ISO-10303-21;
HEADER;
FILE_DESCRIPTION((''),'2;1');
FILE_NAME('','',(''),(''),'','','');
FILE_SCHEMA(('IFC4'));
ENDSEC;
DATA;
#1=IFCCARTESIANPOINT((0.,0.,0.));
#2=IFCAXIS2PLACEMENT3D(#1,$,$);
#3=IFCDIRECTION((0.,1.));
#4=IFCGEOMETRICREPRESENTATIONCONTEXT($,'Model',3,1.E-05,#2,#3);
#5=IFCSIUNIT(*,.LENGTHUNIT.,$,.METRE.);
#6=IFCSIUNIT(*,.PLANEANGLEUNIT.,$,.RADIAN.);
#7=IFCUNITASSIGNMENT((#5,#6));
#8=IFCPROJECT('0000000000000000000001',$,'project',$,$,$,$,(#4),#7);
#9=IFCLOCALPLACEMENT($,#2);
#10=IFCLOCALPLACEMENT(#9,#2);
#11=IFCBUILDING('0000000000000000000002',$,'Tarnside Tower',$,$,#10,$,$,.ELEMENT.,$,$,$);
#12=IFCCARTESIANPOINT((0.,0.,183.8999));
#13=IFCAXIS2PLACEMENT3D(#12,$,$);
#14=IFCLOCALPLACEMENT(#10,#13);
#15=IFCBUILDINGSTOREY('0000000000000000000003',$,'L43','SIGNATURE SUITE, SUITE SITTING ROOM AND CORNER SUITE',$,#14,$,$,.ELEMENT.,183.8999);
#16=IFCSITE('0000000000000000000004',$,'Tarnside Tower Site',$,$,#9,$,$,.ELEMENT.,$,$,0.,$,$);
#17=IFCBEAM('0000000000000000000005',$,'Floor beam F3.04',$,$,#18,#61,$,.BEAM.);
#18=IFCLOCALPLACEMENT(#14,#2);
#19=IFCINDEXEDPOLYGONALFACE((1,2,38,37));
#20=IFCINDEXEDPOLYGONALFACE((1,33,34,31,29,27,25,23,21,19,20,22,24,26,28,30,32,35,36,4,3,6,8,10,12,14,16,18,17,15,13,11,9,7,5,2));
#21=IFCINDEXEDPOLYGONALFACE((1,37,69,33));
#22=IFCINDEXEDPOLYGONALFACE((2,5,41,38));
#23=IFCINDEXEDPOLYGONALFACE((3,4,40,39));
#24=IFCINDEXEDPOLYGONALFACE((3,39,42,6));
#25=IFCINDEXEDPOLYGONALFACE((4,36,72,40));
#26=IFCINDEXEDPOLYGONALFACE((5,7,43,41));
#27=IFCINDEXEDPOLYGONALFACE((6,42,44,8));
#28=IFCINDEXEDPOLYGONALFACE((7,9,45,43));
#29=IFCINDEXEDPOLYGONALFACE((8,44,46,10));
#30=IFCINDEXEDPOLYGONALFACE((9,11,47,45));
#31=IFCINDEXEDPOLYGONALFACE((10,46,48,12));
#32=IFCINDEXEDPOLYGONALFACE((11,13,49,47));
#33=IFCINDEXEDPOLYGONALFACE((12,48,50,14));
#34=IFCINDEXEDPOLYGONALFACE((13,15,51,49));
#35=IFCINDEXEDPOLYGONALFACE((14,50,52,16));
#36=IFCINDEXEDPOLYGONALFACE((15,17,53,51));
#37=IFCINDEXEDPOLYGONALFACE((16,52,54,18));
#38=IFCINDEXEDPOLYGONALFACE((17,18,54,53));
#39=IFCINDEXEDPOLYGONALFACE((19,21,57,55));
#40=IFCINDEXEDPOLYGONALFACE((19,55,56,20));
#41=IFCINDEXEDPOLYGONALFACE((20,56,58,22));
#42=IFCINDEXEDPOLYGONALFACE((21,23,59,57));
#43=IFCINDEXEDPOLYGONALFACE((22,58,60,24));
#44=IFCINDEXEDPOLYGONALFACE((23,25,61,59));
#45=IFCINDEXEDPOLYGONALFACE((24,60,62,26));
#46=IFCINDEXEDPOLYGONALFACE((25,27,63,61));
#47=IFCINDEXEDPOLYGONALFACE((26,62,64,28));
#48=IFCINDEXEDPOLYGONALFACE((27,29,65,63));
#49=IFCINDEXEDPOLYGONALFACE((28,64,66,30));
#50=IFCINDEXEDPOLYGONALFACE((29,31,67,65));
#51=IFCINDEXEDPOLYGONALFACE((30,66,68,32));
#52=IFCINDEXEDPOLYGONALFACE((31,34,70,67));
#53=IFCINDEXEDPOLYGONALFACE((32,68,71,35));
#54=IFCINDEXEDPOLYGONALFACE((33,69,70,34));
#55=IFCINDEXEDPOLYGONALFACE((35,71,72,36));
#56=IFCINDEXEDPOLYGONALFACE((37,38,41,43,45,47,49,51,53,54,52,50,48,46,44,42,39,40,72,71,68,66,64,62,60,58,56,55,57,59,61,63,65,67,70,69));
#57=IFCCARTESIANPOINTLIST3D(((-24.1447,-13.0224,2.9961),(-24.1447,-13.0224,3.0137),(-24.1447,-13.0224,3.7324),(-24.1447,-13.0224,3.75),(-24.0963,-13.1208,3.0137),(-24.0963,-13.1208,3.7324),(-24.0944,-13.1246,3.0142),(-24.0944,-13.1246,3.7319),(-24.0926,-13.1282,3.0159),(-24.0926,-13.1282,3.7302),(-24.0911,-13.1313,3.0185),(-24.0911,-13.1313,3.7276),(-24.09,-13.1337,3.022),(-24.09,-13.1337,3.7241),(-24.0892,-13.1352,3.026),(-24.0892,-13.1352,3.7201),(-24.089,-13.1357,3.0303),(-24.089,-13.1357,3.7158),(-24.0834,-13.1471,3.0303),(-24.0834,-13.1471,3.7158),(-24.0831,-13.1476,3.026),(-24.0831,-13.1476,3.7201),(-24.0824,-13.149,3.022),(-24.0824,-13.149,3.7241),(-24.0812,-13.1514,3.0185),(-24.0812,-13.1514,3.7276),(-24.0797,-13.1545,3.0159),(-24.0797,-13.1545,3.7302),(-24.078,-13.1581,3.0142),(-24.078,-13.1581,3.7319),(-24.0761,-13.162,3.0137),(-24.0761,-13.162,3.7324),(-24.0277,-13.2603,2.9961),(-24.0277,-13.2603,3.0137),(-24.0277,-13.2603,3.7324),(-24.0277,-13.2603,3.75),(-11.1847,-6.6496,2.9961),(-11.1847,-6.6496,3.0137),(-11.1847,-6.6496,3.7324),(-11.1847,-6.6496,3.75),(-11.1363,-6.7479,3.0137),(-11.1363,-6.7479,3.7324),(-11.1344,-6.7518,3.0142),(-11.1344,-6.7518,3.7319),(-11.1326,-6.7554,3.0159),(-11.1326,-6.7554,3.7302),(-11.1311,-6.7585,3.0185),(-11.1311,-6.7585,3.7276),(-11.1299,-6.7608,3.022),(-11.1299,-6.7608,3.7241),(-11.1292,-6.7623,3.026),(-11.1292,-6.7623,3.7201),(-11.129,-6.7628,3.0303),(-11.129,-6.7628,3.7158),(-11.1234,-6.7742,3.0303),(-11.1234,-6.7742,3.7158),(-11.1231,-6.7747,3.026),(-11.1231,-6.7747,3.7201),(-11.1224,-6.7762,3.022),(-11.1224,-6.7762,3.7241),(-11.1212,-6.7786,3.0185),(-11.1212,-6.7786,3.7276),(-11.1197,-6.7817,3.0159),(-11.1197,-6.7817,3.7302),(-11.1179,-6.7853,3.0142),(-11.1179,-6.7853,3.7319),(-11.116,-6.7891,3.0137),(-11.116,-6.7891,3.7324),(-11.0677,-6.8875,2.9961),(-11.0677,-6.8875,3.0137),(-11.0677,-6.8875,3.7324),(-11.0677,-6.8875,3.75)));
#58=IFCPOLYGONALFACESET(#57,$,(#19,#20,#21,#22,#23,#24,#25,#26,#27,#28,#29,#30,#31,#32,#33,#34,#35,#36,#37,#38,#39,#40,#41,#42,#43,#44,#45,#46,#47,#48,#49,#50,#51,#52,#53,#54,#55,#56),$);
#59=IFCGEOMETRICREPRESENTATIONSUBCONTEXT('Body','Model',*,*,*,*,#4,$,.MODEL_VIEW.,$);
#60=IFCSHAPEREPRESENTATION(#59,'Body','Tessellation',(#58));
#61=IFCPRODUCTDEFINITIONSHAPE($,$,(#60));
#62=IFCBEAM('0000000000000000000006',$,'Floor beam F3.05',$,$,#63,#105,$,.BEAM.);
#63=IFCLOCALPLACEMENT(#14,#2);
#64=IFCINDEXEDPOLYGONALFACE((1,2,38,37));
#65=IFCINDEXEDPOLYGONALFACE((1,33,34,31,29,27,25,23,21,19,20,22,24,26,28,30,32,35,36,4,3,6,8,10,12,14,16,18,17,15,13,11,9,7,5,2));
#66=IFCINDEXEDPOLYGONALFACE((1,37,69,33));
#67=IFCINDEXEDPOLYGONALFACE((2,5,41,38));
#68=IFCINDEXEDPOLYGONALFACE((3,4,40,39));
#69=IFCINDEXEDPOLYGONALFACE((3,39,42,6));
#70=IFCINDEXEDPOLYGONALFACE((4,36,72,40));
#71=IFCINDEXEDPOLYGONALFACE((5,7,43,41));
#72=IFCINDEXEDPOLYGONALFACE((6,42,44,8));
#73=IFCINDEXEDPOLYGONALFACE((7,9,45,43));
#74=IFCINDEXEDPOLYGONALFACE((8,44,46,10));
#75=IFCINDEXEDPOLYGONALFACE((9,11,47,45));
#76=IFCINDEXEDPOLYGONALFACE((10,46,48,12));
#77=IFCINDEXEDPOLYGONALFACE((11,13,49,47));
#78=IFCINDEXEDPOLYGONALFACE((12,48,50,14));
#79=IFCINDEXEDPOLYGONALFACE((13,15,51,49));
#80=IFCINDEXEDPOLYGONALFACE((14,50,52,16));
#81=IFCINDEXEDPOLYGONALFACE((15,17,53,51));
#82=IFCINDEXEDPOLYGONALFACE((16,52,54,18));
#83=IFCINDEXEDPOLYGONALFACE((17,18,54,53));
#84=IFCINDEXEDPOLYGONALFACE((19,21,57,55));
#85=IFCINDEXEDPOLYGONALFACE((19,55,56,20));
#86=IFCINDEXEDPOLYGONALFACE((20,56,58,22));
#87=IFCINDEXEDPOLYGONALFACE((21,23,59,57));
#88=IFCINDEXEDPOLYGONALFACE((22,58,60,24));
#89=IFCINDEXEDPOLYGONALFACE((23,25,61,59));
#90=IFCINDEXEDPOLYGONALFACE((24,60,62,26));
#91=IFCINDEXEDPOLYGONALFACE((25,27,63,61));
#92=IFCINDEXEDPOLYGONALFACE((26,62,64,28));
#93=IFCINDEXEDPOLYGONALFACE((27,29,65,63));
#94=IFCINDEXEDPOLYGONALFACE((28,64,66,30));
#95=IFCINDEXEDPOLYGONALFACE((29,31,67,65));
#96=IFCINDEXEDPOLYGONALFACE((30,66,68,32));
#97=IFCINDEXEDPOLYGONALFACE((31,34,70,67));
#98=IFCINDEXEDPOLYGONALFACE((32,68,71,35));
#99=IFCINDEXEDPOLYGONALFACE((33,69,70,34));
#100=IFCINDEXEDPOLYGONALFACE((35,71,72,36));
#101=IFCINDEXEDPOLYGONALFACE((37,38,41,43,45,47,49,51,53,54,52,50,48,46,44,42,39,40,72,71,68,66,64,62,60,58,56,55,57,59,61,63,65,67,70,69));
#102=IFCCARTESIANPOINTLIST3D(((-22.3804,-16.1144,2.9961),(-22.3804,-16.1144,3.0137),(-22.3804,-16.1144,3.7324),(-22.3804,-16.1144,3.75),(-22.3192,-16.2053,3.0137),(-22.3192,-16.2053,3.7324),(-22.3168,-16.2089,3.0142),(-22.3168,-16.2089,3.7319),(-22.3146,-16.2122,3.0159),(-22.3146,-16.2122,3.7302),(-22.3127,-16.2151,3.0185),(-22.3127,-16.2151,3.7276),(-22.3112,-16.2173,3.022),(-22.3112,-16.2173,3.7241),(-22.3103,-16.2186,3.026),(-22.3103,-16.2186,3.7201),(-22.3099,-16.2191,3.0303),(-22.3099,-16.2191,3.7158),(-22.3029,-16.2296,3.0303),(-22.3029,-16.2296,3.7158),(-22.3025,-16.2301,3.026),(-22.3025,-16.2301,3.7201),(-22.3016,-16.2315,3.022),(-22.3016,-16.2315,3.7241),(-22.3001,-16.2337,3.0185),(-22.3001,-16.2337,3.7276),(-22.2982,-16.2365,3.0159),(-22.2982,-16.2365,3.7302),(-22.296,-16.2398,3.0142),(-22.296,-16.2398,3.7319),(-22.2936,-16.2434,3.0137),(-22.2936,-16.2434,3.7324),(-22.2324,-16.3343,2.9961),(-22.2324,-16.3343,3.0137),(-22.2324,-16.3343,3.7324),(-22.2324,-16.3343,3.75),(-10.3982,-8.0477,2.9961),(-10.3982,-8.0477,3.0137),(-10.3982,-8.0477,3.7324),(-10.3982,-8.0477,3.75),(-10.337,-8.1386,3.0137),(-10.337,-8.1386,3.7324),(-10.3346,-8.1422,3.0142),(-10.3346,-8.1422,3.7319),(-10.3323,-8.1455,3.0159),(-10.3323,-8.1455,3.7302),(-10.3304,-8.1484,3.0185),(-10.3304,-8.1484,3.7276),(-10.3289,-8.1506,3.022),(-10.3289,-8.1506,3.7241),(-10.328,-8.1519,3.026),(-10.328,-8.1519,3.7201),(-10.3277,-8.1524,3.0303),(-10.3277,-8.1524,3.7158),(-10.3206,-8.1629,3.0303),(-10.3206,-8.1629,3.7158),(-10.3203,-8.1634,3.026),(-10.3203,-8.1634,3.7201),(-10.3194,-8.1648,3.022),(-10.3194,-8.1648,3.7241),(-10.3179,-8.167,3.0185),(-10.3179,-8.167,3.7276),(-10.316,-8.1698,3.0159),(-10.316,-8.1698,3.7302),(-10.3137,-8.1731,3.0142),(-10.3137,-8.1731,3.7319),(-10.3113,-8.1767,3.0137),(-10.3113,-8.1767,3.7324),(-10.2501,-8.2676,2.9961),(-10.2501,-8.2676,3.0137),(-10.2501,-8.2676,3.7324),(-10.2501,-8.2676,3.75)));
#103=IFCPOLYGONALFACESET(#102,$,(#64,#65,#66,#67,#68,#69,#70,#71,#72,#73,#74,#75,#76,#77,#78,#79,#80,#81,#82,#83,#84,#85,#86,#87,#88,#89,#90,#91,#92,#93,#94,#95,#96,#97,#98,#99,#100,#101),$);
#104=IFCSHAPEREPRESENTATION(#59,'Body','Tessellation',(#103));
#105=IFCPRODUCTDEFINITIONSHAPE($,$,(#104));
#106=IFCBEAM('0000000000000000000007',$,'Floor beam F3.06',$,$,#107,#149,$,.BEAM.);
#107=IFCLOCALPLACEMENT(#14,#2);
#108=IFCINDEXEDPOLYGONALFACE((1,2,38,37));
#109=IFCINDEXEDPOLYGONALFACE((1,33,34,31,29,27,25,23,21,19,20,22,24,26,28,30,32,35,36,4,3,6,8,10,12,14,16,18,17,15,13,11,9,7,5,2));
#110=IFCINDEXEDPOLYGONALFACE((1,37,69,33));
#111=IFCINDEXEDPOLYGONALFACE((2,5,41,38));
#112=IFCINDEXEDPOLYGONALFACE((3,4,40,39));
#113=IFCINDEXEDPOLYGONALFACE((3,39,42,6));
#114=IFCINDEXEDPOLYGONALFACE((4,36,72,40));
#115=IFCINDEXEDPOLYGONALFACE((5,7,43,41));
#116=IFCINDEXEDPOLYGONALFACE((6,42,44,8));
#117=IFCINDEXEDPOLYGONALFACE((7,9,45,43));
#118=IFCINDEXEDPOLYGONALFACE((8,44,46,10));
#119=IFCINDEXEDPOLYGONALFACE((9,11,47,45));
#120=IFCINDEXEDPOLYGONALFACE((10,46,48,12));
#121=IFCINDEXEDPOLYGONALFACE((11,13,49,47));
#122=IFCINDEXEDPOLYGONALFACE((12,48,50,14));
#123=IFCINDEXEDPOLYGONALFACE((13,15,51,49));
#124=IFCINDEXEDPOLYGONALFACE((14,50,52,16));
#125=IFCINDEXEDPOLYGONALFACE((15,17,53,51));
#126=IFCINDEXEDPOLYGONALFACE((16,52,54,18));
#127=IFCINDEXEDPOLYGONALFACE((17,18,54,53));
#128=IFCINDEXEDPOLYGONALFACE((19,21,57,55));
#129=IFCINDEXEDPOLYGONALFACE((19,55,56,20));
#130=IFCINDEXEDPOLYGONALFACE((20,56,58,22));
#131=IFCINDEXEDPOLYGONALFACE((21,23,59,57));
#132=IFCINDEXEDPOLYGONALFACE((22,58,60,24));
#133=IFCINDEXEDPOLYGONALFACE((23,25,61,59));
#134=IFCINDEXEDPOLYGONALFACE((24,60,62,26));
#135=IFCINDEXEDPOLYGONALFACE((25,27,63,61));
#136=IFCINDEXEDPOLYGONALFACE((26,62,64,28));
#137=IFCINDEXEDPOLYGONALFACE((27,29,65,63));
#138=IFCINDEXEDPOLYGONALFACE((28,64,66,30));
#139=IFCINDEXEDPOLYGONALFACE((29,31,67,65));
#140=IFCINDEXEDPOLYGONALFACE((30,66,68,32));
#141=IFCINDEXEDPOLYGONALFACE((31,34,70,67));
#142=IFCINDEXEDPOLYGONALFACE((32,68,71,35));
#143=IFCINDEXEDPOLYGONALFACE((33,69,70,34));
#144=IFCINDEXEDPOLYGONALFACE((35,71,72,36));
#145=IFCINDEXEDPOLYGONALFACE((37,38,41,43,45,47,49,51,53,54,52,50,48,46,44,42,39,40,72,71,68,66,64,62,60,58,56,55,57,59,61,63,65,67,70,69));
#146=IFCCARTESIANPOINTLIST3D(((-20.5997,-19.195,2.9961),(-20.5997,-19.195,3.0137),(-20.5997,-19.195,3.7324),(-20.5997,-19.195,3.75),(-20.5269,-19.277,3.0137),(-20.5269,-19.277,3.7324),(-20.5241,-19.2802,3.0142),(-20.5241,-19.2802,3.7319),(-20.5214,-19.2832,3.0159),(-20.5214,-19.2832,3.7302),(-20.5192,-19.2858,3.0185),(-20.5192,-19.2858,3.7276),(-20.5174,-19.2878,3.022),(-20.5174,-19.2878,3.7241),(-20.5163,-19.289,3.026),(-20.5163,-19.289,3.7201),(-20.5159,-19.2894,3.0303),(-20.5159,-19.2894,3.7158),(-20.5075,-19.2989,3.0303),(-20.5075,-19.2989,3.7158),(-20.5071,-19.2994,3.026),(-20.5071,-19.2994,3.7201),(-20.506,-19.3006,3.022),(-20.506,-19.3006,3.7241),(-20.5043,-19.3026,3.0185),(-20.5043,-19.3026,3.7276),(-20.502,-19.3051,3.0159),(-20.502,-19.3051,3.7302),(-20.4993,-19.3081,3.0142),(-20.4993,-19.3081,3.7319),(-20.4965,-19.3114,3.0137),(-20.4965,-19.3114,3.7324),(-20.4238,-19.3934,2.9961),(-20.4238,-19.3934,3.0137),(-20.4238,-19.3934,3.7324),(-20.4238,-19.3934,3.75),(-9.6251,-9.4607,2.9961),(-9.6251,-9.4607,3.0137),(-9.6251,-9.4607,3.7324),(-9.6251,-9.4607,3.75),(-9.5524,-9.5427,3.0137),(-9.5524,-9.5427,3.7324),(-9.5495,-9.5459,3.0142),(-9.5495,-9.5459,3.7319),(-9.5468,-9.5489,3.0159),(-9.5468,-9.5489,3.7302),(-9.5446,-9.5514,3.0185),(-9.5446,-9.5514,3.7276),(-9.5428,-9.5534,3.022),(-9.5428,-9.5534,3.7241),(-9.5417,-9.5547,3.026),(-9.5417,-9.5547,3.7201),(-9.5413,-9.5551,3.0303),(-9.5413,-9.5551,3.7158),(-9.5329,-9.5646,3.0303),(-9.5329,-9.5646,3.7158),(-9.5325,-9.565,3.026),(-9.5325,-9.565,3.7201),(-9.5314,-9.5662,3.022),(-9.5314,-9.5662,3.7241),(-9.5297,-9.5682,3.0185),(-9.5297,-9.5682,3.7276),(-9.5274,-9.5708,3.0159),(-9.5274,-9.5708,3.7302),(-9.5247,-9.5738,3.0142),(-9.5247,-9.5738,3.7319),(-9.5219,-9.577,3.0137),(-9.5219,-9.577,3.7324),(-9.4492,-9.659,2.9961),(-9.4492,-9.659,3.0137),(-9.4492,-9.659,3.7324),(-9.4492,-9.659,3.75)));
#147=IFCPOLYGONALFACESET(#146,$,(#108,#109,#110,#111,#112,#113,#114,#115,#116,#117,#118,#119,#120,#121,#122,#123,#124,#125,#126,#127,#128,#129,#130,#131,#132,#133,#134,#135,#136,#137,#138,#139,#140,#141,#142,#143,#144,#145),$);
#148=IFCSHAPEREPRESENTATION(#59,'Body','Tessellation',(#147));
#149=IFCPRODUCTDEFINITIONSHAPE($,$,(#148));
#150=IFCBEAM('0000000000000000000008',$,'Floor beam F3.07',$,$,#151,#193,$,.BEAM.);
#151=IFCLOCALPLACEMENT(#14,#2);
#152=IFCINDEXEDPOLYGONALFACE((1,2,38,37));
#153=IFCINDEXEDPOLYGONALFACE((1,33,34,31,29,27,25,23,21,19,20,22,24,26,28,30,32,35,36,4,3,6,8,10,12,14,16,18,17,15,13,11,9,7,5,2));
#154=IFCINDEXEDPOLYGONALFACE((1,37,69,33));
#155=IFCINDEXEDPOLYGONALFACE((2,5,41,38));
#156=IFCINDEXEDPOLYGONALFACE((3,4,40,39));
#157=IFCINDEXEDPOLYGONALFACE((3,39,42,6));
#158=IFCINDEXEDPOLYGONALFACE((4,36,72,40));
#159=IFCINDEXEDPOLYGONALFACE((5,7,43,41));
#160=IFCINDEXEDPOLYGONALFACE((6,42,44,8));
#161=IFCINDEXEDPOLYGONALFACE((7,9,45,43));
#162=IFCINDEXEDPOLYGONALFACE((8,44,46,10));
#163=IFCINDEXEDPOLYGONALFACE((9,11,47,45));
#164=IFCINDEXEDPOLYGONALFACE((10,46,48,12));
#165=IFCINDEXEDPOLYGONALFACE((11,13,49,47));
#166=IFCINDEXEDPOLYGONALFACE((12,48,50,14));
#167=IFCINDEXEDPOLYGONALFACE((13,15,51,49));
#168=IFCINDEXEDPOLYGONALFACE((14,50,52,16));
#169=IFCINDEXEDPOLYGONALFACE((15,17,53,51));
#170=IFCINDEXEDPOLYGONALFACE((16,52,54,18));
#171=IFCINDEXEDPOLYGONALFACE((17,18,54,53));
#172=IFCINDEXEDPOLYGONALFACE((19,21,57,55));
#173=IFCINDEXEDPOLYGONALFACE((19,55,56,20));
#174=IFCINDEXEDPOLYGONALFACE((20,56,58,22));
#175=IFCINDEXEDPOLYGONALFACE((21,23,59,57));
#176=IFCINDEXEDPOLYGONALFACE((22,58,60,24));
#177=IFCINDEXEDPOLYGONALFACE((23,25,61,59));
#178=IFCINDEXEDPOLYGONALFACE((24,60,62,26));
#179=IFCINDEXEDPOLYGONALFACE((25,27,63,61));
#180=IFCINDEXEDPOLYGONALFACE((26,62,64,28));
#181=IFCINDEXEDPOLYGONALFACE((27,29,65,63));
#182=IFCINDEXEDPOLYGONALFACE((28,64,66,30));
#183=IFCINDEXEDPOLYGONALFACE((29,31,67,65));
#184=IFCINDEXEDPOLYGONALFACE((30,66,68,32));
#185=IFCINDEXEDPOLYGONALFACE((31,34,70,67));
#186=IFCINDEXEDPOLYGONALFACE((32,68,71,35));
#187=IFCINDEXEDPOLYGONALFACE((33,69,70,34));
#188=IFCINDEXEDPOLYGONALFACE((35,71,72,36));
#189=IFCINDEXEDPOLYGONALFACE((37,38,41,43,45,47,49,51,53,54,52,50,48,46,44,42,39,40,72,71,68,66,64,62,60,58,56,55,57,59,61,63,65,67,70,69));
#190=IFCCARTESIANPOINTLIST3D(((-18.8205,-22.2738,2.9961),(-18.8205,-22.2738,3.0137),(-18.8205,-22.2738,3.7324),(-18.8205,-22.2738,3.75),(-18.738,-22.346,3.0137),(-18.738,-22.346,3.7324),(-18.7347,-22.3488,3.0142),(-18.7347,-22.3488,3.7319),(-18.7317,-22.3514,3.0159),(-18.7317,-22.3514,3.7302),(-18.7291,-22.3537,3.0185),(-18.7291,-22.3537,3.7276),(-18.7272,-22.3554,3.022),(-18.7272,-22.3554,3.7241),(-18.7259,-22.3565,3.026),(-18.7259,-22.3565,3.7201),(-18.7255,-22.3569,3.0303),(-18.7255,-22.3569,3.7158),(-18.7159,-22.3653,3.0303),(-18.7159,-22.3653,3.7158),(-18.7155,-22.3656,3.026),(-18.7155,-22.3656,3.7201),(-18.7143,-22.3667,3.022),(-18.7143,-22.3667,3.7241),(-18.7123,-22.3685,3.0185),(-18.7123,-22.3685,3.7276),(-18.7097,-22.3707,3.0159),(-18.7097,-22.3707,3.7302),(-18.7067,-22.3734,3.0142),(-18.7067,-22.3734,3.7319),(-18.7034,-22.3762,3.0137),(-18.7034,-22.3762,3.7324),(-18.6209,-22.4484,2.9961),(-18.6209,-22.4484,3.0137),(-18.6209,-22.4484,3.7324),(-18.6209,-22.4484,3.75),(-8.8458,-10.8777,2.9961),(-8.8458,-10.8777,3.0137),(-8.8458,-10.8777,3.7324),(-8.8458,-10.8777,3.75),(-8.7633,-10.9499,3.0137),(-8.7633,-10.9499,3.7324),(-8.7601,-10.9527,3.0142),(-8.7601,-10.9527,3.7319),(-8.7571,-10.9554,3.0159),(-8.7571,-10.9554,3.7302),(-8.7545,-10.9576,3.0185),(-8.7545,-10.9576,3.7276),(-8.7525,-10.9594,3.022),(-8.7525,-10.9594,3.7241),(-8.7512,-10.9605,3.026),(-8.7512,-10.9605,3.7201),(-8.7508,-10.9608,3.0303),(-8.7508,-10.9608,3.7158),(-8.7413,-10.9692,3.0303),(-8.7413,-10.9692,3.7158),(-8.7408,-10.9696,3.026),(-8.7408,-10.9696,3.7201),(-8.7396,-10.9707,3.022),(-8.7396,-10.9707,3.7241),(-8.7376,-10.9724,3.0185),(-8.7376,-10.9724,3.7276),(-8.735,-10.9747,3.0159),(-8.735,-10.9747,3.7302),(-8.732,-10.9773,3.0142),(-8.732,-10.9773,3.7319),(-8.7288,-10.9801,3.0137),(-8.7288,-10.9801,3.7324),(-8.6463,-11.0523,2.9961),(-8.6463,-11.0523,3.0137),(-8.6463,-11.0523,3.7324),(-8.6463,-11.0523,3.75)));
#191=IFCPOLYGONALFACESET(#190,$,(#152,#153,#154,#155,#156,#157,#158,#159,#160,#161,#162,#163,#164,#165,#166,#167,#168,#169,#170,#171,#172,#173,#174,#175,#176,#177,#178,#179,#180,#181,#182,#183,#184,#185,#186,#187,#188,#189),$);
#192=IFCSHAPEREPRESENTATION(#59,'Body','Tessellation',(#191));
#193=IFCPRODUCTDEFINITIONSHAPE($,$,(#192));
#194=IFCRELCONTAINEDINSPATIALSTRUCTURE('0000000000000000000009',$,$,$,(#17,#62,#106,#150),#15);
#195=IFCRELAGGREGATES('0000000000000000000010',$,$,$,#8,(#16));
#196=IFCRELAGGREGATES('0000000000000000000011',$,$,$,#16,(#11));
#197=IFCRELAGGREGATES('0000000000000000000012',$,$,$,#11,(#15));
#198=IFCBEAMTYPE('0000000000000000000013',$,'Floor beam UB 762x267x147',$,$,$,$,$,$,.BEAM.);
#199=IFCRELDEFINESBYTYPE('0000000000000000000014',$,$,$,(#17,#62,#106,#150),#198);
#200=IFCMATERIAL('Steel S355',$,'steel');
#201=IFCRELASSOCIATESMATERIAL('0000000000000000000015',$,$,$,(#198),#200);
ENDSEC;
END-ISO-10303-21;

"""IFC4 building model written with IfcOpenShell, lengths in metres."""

from ifc_helpers import new_model, si_unit, direction, frame, origin, origin_2d, place, context, subcontext, project, spatial, i_section, extrude, material, material_profile, profile_set, type_object, element, save


model = new_model("IFC4")

# Units and contexts
model_context = context("Model", 3, precision=1e-05, world=origin(), true_north=direction((0.0, 1.0)))
body_context = subcontext(model_context, "Body", "Model", "MODEL_VIEW")
ifc_project = project(units=[si_unit("LENGTHUNIT", "METRE"), si_unit("PLANEANGLEUNIT", "RADIAN")], contexts=[model_context])

# Site, building, storey
site_placement = place(None, origin())
site = spatial("IfcSite", under=ifc_project, at=site_placement, Name="Tarnside Tower Site", CompositionType="ELEMENT", RefElevation=0.0)
building_placement = place(site_placement, origin())
building = spatial("IfcBuilding", under=site, at=building_placement, Name="Tarnside Tower", CompositionType="ELEMENT")
storey_placement = place(building_placement, frame((0.0, 0.0, 183.8999)))
storey = spatial("IfcBuildingStorey", under=building, at=storey_placement, Name="L43", Description="SIGNATURE SUITE, SUITE SITTING ROOM AND CORNER SUITE", CompositionType="ELEMENT", Elevation=183.8999)

# Beams
ifc_material_1 = material(Name="Steel S355", Category="steel")
ifc_material_profile_1 = material_profile(ifc_material_1, i_section(OverallWidth=0.2651, OverallDepth=0.7539, WebThickness=0.0127, FlangeThickness=0.0176, FilletRadius=0.0166, at=origin_2d()), Name="UB 762x267x147")
ifc_profile_set_1 = profile_set([ifc_material_profile_1], Name="Steel S355")
beam_type_1 = type_object("IfcBeamType", Name="Floor beam UB 762x267x147", PredefinedType="BEAM", material=ifc_profile_set_1)
beam_1_placement = place(storey_placement, frame((-24.0862, -13.1414, 3.373), z_axis=(0.897376, 0.441267, 0.0), x_axis=(-0.441267, 0.897376, 0.0)))
element("IfcBeam", 1, at=beam_1_placement, inside=storey, type_object=beam_type_1, Name="Floor beam F3.04", PredefinedType="BEAM", context=body_context, shape_type="SweptSolid", body=[
    extrude(i_section(OverallWidth=0.2651, OverallDepth=0.7539, WebThickness=0.0127, FlangeThickness=0.0176, FilletRadius=0.0166, at=origin_2d()), origin(), (0.0, 0.0, 1.0), 14.4421),
])
beam_2_placement = place(storey_placement, frame((-22.3064, -16.2244, 3.373), z_axis=(0.829532, 0.558458, 0.0), x_axis=(-0.558458, 0.829532, 0.0)))
element("IfcBeam", 2, at=beam_2_placement, inside=storey, type_object=beam_type_1, Name="Floor beam F3.05", PredefinedType="BEAM", context=body_context, shape_type="SweptSolid", body=[
    extrude(i_section(OverallWidth=0.2651, OverallDepth=0.7539, WebThickness=0.0127, FlangeThickness=0.0176, FilletRadius=0.0166, at=origin_2d()), origin(), (0.0, 0.0, 1.0), 14.4446),
])
beam_3_placement = place(storey_placement, frame((-20.5117, -19.2942, 3.373), z_axis=(0.748114, 0.66357, 0.0), x_axis=(-0.66357, 0.748114, 0.0)))
element("IfcBeam", 3, at=beam_3_placement, inside=storey, type_object=beam_type_1, Name="Floor beam F3.06", PredefinedType="BEAM", context=body_context, shape_type="SweptSolid", body=[
    extrude(i_section(OverallWidth=0.2651, OverallDepth=0.7539, WebThickness=0.0127, FlangeThickness=0.0176, FilletRadius=0.0166, at=origin_2d()), origin(), (0.0, 0.0, 1.0), 14.6697),
])
beam_4_placement = place(storey_placement, frame((-18.7207, -22.3611, 3.373), z_axis=(0.658621, 0.752475, 0.0), x_axis=(-0.752475, 0.658621, 0.0)))
element("IfcBeam", 4, at=beam_4_placement, inside=storey, type_object=beam_type_1, Name="Floor beam F3.07", PredefinedType="BEAM", context=body_context, shape_type="SweptSolid", body=[
    extrude(i_section(OverallWidth=0.2651, OverallDepth=0.7539, WebThickness=0.0127, FlangeThickness=0.0176, FilletRadius=0.0166, at=origin_2d()), origin(), (0.0, 0.0, 1.0), 15.1448),
])

save(model, "model.ifc")
